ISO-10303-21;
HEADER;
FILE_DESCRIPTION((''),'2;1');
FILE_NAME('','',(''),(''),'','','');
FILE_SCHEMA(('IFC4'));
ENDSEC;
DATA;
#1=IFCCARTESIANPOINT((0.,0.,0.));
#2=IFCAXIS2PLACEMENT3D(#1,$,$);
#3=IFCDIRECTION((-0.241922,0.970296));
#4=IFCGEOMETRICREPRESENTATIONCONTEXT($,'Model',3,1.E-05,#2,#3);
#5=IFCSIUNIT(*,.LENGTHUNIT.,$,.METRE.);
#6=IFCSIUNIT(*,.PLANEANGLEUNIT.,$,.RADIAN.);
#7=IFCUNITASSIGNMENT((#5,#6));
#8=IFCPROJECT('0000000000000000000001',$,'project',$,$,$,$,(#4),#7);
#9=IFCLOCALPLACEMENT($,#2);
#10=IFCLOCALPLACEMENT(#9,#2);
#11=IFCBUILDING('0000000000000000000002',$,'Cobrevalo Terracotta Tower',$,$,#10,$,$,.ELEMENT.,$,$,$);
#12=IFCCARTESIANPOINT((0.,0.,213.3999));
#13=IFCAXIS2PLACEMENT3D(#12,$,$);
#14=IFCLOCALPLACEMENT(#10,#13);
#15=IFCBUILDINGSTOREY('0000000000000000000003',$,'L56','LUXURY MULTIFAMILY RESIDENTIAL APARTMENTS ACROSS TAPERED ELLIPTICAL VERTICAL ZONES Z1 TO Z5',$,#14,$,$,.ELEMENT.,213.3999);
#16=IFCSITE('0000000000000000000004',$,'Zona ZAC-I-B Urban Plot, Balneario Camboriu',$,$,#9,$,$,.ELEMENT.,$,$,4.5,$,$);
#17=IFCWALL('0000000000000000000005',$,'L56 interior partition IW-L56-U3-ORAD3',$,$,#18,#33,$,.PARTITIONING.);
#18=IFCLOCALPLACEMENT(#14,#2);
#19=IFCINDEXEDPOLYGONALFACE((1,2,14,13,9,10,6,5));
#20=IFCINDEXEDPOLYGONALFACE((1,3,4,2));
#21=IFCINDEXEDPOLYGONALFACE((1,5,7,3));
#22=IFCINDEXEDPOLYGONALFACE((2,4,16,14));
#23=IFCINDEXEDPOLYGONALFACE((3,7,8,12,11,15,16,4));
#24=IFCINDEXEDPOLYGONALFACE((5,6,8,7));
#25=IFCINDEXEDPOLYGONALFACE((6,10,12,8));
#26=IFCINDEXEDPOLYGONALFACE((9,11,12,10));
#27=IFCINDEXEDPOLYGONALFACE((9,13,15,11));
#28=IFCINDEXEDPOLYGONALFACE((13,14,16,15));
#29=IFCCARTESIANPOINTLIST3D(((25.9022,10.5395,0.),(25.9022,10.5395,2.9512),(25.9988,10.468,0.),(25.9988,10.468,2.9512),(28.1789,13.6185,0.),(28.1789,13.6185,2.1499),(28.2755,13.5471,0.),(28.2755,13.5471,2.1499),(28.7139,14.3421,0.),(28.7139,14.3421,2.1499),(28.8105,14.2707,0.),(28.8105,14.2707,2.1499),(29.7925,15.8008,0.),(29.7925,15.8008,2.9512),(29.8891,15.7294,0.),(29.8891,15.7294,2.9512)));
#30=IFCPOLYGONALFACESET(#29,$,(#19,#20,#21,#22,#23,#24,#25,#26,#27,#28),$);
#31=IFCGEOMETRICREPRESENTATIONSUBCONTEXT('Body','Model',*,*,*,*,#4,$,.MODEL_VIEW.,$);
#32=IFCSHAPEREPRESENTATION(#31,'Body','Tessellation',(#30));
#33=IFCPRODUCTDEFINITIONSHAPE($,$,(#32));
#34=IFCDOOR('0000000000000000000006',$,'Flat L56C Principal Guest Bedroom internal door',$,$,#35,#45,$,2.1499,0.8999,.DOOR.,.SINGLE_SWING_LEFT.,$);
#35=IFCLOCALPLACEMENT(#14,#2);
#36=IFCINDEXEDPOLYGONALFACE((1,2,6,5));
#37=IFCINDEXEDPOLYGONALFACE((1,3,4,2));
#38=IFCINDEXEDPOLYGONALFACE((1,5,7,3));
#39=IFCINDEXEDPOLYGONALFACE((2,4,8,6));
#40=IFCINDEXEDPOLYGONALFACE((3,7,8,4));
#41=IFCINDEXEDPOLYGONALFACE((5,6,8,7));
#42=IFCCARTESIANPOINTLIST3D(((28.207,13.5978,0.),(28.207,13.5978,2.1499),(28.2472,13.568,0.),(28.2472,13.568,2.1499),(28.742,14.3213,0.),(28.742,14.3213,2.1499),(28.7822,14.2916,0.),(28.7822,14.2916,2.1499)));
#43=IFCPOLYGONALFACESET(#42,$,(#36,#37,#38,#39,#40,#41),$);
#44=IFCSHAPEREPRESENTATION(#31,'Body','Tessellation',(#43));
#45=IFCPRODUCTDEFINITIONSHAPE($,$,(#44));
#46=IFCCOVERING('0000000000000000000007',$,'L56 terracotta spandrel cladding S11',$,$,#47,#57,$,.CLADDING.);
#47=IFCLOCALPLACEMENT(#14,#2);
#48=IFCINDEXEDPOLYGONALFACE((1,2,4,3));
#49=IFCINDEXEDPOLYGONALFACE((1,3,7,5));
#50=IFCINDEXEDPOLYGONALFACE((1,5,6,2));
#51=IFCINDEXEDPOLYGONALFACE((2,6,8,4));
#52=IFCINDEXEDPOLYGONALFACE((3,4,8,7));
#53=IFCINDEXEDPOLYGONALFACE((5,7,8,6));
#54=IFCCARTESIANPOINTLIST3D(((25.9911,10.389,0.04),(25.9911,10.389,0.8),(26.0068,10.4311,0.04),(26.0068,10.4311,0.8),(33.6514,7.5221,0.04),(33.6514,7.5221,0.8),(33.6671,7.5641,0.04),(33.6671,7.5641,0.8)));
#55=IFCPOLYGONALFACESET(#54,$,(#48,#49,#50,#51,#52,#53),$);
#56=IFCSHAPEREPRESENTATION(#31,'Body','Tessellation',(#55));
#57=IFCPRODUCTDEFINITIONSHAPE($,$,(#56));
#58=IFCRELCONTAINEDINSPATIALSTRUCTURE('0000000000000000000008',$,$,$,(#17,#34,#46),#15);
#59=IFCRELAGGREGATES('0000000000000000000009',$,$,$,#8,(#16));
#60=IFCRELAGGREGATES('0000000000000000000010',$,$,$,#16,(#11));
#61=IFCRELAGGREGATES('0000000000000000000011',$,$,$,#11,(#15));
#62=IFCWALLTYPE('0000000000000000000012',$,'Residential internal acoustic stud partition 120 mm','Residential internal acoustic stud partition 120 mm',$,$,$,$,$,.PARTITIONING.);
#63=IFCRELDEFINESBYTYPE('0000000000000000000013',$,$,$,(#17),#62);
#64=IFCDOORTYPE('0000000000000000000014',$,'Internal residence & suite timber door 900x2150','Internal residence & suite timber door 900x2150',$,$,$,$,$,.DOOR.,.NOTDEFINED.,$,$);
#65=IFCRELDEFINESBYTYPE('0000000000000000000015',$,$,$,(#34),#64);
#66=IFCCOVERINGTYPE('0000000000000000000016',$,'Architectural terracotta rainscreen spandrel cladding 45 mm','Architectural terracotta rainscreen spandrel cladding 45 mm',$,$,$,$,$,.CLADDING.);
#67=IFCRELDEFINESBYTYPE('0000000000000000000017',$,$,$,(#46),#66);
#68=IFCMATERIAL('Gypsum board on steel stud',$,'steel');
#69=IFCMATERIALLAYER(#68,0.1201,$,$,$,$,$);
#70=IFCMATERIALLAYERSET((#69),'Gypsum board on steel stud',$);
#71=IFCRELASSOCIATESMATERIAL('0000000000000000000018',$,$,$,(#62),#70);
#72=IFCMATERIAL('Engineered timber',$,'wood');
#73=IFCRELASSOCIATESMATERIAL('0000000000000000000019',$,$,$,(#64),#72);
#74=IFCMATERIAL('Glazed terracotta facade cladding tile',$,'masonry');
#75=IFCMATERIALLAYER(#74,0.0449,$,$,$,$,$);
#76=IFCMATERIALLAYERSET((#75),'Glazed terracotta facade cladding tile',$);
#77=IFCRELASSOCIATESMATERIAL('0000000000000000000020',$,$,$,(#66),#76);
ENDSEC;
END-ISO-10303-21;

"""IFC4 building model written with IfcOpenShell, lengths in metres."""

from ifc_helpers import new_model, si_unit, direction, frame, frame_2d, origin, origin_2d, place, context, subcontext, project, spatial, rectangle, extrude, source, transform, mapped, material, layer, layer_set, type_object, element, fill, save


model = new_model("IFC4")

# Units and contexts
model_context = context("Model", 3, precision=1e-05, world=origin(), true_north=direction((-0.241922, 0.970296)))
body_context = subcontext(model_context, "Body", "Model", "MODEL_VIEW")
ifc_project = project(units=[si_unit("LENGTHUNIT", "METRE"), si_unit("PLANEANGLEUNIT", "RADIAN")], contexts=[model_context])

# Site, building, storey
site_placement = place(None, origin())
site = spatial("IfcSite", under=ifc_project, at=site_placement, Name="Zona ZAC-I-B Urban Plot, Balneario Camboriu", CompositionType="ELEMENT", RefElevation=4.5)
building_placement = place(site_placement, origin())
building = spatial("IfcBuilding", under=site, at=building_placement, Name="Cobrevalo Terracotta Tower", CompositionType="ELEMENT")
storey_placement = place(building_placement, frame((0.0, 0.0, 213.3999)))
storey = spatial("IfcBuildingStorey", under=building, at=storey_placement, Name="L56", Description="LUXURY MULTIFAMILY RESIDENTIAL APARTMENTS ACROSS TAPERED ELLIPTICAL VERTICAL ZONES Z1 TO Z5", CompositionType="ELEMENT", Elevation=213.3999)

# Shared definitions
ifc_material_1 = material(Name="Gypsum board on steel stud", Category="steel")
ifc_layer_1 = layer(ifc_material_1, 0.1201)
ifc_layer_set_1 = layer_set([ifc_layer_1], Name="Gypsum board on steel stud")
wall_type_1 = type_object("IfcWallType", Name="Residential internal acoustic stud partition 120 mm", Description="Residential internal acoustic stud partition 120 mm", PredefinedType="PARTITIONING", material=ifc_layer_set_1)

# Wall, opening, door
ifc_material_2 = material(Name="Engineered timber", Category="wood")
door_type_1 = type_object("IfcDoorType", Name="Internal residence & suite timber door 900x2150", Description="Internal residence & suite timber door 900x2150", OperationType="NOTDEFINED", PredefinedType="DOOR", material=ifc_material_2)
shared_shape_1 = source(origin(), body_context, "Body", "SweptSolid", [
    extrude(rectangle(XDim=0.8999, YDim=2.1499, at=frame_2d((0.45, 1.075))), frame((0.0, 0.0249, 0.0), z_axis=(0.0, -1.0, 0.0), x_axis=(1.0, 0.0, 0.0)), (0.0, 0.0, 1.0), 0.05),
])
wall_1_placement = place(storey_placement, frame((29.8408, 15.7651, 0.0), z_axis=(0.0, 0.0, 1.0), x_axis=(-0.594536, -0.804069, 0.0)))
wall_1 = element("IfcWall", 1, at=wall_1_placement, inside=storey, type_object=wall_type_1, Name="L56 interior partition IW-L56-U3-ORAD3", PredefinedType="PARTITIONING", context=body_context, shape_type="SweptSolid", body=[
    extrude(rectangle(XDim=6.5435, YDim=0.1201, at=frame_2d((3.2717, 0.0))), origin(), (0.0, 0.0, 1.0), 2.9512),
])
opening_1_placement = place(wall_1_placement, frame((1.8142, 0.0, 0.0)))
opening_1 = element("IfcOpeningElement", 2, at=opening_1_placement, cuts=wall_1, PredefinedType="OPENING", context=body_context, shape_type="SweptSolid", body=[
    extrude(rectangle(XDim=0.8999, YDim=2.1499, at=frame_2d((0.45, 1.075))), frame((0.0, 0.0701, 0.0), z_axis=(0.0, -1.0, 0.0), x_axis=(1.0, 0.0, 0.0)), (0.0, 0.0, 1.0), 0.1401),
])
door_1_placement = place(opening_1_placement, origin())
door_1 = element("IfcDoor", 3, at=door_1_placement, inside=storey, type_object=door_type_1, Name="Flat L56C Principal Guest Bedroom internal door", OperationType="SINGLE_SWING_LEFT", OverallHeight=2.1499, OverallWidth=0.8999, PredefinedType="DOOR", context=body_context, shape_type="MappedRepresentation", body=[
    mapped(shared_shape_1, transform((0.0, 0.0, 0.0), scale=1.0)),
])
fill(opening_1, door_1)

# Covering
ifc_material_3 = material(Name="Glazed terracotta facade cladding tile", Category="masonry")
ifc_layer_2 = layer(ifc_material_3, 0.0449)
ifc_layer_set_2 = layer_set([ifc_layer_2], Name="Glazed terracotta facade cladding tile")
covering_type = type_object("IfcCoveringType", Name="Architectural terracotta rainscreen spandrel cladding 45 mm", Description="Architectural terracotta rainscreen spandrel cladding 45 mm", PredefinedType="CLADDING", material=ifc_layer_set_2)
shared_shape_2 = source(origin(), body_context, "Body", "SweptSolid", [
    extrude(rectangle(XDim=8.1792, YDim=0.0449, at=origin_2d()), origin(), (0.0, 0.0, 1.0), 0.76),
])
covering_placement = place(storey_placement, frame((29.8291, 8.9766, 0.04), z_axis=(0.0, 0.0, 1.0), x_axis=(0.936558, -0.350513, 0.0)))
element("IfcCovering", 4, at=covering_placement, inside=storey, type_object=covering_type, Name="L56 terracotta spandrel cladding S11", PredefinedType="CLADDING", context=body_context, shape_type="MappedRepresentation", body=[
    mapped(shared_shape_2, transform((0.0, 0.0, 0.0), scale=1.0)),
])

save(model, "model.ifc")
